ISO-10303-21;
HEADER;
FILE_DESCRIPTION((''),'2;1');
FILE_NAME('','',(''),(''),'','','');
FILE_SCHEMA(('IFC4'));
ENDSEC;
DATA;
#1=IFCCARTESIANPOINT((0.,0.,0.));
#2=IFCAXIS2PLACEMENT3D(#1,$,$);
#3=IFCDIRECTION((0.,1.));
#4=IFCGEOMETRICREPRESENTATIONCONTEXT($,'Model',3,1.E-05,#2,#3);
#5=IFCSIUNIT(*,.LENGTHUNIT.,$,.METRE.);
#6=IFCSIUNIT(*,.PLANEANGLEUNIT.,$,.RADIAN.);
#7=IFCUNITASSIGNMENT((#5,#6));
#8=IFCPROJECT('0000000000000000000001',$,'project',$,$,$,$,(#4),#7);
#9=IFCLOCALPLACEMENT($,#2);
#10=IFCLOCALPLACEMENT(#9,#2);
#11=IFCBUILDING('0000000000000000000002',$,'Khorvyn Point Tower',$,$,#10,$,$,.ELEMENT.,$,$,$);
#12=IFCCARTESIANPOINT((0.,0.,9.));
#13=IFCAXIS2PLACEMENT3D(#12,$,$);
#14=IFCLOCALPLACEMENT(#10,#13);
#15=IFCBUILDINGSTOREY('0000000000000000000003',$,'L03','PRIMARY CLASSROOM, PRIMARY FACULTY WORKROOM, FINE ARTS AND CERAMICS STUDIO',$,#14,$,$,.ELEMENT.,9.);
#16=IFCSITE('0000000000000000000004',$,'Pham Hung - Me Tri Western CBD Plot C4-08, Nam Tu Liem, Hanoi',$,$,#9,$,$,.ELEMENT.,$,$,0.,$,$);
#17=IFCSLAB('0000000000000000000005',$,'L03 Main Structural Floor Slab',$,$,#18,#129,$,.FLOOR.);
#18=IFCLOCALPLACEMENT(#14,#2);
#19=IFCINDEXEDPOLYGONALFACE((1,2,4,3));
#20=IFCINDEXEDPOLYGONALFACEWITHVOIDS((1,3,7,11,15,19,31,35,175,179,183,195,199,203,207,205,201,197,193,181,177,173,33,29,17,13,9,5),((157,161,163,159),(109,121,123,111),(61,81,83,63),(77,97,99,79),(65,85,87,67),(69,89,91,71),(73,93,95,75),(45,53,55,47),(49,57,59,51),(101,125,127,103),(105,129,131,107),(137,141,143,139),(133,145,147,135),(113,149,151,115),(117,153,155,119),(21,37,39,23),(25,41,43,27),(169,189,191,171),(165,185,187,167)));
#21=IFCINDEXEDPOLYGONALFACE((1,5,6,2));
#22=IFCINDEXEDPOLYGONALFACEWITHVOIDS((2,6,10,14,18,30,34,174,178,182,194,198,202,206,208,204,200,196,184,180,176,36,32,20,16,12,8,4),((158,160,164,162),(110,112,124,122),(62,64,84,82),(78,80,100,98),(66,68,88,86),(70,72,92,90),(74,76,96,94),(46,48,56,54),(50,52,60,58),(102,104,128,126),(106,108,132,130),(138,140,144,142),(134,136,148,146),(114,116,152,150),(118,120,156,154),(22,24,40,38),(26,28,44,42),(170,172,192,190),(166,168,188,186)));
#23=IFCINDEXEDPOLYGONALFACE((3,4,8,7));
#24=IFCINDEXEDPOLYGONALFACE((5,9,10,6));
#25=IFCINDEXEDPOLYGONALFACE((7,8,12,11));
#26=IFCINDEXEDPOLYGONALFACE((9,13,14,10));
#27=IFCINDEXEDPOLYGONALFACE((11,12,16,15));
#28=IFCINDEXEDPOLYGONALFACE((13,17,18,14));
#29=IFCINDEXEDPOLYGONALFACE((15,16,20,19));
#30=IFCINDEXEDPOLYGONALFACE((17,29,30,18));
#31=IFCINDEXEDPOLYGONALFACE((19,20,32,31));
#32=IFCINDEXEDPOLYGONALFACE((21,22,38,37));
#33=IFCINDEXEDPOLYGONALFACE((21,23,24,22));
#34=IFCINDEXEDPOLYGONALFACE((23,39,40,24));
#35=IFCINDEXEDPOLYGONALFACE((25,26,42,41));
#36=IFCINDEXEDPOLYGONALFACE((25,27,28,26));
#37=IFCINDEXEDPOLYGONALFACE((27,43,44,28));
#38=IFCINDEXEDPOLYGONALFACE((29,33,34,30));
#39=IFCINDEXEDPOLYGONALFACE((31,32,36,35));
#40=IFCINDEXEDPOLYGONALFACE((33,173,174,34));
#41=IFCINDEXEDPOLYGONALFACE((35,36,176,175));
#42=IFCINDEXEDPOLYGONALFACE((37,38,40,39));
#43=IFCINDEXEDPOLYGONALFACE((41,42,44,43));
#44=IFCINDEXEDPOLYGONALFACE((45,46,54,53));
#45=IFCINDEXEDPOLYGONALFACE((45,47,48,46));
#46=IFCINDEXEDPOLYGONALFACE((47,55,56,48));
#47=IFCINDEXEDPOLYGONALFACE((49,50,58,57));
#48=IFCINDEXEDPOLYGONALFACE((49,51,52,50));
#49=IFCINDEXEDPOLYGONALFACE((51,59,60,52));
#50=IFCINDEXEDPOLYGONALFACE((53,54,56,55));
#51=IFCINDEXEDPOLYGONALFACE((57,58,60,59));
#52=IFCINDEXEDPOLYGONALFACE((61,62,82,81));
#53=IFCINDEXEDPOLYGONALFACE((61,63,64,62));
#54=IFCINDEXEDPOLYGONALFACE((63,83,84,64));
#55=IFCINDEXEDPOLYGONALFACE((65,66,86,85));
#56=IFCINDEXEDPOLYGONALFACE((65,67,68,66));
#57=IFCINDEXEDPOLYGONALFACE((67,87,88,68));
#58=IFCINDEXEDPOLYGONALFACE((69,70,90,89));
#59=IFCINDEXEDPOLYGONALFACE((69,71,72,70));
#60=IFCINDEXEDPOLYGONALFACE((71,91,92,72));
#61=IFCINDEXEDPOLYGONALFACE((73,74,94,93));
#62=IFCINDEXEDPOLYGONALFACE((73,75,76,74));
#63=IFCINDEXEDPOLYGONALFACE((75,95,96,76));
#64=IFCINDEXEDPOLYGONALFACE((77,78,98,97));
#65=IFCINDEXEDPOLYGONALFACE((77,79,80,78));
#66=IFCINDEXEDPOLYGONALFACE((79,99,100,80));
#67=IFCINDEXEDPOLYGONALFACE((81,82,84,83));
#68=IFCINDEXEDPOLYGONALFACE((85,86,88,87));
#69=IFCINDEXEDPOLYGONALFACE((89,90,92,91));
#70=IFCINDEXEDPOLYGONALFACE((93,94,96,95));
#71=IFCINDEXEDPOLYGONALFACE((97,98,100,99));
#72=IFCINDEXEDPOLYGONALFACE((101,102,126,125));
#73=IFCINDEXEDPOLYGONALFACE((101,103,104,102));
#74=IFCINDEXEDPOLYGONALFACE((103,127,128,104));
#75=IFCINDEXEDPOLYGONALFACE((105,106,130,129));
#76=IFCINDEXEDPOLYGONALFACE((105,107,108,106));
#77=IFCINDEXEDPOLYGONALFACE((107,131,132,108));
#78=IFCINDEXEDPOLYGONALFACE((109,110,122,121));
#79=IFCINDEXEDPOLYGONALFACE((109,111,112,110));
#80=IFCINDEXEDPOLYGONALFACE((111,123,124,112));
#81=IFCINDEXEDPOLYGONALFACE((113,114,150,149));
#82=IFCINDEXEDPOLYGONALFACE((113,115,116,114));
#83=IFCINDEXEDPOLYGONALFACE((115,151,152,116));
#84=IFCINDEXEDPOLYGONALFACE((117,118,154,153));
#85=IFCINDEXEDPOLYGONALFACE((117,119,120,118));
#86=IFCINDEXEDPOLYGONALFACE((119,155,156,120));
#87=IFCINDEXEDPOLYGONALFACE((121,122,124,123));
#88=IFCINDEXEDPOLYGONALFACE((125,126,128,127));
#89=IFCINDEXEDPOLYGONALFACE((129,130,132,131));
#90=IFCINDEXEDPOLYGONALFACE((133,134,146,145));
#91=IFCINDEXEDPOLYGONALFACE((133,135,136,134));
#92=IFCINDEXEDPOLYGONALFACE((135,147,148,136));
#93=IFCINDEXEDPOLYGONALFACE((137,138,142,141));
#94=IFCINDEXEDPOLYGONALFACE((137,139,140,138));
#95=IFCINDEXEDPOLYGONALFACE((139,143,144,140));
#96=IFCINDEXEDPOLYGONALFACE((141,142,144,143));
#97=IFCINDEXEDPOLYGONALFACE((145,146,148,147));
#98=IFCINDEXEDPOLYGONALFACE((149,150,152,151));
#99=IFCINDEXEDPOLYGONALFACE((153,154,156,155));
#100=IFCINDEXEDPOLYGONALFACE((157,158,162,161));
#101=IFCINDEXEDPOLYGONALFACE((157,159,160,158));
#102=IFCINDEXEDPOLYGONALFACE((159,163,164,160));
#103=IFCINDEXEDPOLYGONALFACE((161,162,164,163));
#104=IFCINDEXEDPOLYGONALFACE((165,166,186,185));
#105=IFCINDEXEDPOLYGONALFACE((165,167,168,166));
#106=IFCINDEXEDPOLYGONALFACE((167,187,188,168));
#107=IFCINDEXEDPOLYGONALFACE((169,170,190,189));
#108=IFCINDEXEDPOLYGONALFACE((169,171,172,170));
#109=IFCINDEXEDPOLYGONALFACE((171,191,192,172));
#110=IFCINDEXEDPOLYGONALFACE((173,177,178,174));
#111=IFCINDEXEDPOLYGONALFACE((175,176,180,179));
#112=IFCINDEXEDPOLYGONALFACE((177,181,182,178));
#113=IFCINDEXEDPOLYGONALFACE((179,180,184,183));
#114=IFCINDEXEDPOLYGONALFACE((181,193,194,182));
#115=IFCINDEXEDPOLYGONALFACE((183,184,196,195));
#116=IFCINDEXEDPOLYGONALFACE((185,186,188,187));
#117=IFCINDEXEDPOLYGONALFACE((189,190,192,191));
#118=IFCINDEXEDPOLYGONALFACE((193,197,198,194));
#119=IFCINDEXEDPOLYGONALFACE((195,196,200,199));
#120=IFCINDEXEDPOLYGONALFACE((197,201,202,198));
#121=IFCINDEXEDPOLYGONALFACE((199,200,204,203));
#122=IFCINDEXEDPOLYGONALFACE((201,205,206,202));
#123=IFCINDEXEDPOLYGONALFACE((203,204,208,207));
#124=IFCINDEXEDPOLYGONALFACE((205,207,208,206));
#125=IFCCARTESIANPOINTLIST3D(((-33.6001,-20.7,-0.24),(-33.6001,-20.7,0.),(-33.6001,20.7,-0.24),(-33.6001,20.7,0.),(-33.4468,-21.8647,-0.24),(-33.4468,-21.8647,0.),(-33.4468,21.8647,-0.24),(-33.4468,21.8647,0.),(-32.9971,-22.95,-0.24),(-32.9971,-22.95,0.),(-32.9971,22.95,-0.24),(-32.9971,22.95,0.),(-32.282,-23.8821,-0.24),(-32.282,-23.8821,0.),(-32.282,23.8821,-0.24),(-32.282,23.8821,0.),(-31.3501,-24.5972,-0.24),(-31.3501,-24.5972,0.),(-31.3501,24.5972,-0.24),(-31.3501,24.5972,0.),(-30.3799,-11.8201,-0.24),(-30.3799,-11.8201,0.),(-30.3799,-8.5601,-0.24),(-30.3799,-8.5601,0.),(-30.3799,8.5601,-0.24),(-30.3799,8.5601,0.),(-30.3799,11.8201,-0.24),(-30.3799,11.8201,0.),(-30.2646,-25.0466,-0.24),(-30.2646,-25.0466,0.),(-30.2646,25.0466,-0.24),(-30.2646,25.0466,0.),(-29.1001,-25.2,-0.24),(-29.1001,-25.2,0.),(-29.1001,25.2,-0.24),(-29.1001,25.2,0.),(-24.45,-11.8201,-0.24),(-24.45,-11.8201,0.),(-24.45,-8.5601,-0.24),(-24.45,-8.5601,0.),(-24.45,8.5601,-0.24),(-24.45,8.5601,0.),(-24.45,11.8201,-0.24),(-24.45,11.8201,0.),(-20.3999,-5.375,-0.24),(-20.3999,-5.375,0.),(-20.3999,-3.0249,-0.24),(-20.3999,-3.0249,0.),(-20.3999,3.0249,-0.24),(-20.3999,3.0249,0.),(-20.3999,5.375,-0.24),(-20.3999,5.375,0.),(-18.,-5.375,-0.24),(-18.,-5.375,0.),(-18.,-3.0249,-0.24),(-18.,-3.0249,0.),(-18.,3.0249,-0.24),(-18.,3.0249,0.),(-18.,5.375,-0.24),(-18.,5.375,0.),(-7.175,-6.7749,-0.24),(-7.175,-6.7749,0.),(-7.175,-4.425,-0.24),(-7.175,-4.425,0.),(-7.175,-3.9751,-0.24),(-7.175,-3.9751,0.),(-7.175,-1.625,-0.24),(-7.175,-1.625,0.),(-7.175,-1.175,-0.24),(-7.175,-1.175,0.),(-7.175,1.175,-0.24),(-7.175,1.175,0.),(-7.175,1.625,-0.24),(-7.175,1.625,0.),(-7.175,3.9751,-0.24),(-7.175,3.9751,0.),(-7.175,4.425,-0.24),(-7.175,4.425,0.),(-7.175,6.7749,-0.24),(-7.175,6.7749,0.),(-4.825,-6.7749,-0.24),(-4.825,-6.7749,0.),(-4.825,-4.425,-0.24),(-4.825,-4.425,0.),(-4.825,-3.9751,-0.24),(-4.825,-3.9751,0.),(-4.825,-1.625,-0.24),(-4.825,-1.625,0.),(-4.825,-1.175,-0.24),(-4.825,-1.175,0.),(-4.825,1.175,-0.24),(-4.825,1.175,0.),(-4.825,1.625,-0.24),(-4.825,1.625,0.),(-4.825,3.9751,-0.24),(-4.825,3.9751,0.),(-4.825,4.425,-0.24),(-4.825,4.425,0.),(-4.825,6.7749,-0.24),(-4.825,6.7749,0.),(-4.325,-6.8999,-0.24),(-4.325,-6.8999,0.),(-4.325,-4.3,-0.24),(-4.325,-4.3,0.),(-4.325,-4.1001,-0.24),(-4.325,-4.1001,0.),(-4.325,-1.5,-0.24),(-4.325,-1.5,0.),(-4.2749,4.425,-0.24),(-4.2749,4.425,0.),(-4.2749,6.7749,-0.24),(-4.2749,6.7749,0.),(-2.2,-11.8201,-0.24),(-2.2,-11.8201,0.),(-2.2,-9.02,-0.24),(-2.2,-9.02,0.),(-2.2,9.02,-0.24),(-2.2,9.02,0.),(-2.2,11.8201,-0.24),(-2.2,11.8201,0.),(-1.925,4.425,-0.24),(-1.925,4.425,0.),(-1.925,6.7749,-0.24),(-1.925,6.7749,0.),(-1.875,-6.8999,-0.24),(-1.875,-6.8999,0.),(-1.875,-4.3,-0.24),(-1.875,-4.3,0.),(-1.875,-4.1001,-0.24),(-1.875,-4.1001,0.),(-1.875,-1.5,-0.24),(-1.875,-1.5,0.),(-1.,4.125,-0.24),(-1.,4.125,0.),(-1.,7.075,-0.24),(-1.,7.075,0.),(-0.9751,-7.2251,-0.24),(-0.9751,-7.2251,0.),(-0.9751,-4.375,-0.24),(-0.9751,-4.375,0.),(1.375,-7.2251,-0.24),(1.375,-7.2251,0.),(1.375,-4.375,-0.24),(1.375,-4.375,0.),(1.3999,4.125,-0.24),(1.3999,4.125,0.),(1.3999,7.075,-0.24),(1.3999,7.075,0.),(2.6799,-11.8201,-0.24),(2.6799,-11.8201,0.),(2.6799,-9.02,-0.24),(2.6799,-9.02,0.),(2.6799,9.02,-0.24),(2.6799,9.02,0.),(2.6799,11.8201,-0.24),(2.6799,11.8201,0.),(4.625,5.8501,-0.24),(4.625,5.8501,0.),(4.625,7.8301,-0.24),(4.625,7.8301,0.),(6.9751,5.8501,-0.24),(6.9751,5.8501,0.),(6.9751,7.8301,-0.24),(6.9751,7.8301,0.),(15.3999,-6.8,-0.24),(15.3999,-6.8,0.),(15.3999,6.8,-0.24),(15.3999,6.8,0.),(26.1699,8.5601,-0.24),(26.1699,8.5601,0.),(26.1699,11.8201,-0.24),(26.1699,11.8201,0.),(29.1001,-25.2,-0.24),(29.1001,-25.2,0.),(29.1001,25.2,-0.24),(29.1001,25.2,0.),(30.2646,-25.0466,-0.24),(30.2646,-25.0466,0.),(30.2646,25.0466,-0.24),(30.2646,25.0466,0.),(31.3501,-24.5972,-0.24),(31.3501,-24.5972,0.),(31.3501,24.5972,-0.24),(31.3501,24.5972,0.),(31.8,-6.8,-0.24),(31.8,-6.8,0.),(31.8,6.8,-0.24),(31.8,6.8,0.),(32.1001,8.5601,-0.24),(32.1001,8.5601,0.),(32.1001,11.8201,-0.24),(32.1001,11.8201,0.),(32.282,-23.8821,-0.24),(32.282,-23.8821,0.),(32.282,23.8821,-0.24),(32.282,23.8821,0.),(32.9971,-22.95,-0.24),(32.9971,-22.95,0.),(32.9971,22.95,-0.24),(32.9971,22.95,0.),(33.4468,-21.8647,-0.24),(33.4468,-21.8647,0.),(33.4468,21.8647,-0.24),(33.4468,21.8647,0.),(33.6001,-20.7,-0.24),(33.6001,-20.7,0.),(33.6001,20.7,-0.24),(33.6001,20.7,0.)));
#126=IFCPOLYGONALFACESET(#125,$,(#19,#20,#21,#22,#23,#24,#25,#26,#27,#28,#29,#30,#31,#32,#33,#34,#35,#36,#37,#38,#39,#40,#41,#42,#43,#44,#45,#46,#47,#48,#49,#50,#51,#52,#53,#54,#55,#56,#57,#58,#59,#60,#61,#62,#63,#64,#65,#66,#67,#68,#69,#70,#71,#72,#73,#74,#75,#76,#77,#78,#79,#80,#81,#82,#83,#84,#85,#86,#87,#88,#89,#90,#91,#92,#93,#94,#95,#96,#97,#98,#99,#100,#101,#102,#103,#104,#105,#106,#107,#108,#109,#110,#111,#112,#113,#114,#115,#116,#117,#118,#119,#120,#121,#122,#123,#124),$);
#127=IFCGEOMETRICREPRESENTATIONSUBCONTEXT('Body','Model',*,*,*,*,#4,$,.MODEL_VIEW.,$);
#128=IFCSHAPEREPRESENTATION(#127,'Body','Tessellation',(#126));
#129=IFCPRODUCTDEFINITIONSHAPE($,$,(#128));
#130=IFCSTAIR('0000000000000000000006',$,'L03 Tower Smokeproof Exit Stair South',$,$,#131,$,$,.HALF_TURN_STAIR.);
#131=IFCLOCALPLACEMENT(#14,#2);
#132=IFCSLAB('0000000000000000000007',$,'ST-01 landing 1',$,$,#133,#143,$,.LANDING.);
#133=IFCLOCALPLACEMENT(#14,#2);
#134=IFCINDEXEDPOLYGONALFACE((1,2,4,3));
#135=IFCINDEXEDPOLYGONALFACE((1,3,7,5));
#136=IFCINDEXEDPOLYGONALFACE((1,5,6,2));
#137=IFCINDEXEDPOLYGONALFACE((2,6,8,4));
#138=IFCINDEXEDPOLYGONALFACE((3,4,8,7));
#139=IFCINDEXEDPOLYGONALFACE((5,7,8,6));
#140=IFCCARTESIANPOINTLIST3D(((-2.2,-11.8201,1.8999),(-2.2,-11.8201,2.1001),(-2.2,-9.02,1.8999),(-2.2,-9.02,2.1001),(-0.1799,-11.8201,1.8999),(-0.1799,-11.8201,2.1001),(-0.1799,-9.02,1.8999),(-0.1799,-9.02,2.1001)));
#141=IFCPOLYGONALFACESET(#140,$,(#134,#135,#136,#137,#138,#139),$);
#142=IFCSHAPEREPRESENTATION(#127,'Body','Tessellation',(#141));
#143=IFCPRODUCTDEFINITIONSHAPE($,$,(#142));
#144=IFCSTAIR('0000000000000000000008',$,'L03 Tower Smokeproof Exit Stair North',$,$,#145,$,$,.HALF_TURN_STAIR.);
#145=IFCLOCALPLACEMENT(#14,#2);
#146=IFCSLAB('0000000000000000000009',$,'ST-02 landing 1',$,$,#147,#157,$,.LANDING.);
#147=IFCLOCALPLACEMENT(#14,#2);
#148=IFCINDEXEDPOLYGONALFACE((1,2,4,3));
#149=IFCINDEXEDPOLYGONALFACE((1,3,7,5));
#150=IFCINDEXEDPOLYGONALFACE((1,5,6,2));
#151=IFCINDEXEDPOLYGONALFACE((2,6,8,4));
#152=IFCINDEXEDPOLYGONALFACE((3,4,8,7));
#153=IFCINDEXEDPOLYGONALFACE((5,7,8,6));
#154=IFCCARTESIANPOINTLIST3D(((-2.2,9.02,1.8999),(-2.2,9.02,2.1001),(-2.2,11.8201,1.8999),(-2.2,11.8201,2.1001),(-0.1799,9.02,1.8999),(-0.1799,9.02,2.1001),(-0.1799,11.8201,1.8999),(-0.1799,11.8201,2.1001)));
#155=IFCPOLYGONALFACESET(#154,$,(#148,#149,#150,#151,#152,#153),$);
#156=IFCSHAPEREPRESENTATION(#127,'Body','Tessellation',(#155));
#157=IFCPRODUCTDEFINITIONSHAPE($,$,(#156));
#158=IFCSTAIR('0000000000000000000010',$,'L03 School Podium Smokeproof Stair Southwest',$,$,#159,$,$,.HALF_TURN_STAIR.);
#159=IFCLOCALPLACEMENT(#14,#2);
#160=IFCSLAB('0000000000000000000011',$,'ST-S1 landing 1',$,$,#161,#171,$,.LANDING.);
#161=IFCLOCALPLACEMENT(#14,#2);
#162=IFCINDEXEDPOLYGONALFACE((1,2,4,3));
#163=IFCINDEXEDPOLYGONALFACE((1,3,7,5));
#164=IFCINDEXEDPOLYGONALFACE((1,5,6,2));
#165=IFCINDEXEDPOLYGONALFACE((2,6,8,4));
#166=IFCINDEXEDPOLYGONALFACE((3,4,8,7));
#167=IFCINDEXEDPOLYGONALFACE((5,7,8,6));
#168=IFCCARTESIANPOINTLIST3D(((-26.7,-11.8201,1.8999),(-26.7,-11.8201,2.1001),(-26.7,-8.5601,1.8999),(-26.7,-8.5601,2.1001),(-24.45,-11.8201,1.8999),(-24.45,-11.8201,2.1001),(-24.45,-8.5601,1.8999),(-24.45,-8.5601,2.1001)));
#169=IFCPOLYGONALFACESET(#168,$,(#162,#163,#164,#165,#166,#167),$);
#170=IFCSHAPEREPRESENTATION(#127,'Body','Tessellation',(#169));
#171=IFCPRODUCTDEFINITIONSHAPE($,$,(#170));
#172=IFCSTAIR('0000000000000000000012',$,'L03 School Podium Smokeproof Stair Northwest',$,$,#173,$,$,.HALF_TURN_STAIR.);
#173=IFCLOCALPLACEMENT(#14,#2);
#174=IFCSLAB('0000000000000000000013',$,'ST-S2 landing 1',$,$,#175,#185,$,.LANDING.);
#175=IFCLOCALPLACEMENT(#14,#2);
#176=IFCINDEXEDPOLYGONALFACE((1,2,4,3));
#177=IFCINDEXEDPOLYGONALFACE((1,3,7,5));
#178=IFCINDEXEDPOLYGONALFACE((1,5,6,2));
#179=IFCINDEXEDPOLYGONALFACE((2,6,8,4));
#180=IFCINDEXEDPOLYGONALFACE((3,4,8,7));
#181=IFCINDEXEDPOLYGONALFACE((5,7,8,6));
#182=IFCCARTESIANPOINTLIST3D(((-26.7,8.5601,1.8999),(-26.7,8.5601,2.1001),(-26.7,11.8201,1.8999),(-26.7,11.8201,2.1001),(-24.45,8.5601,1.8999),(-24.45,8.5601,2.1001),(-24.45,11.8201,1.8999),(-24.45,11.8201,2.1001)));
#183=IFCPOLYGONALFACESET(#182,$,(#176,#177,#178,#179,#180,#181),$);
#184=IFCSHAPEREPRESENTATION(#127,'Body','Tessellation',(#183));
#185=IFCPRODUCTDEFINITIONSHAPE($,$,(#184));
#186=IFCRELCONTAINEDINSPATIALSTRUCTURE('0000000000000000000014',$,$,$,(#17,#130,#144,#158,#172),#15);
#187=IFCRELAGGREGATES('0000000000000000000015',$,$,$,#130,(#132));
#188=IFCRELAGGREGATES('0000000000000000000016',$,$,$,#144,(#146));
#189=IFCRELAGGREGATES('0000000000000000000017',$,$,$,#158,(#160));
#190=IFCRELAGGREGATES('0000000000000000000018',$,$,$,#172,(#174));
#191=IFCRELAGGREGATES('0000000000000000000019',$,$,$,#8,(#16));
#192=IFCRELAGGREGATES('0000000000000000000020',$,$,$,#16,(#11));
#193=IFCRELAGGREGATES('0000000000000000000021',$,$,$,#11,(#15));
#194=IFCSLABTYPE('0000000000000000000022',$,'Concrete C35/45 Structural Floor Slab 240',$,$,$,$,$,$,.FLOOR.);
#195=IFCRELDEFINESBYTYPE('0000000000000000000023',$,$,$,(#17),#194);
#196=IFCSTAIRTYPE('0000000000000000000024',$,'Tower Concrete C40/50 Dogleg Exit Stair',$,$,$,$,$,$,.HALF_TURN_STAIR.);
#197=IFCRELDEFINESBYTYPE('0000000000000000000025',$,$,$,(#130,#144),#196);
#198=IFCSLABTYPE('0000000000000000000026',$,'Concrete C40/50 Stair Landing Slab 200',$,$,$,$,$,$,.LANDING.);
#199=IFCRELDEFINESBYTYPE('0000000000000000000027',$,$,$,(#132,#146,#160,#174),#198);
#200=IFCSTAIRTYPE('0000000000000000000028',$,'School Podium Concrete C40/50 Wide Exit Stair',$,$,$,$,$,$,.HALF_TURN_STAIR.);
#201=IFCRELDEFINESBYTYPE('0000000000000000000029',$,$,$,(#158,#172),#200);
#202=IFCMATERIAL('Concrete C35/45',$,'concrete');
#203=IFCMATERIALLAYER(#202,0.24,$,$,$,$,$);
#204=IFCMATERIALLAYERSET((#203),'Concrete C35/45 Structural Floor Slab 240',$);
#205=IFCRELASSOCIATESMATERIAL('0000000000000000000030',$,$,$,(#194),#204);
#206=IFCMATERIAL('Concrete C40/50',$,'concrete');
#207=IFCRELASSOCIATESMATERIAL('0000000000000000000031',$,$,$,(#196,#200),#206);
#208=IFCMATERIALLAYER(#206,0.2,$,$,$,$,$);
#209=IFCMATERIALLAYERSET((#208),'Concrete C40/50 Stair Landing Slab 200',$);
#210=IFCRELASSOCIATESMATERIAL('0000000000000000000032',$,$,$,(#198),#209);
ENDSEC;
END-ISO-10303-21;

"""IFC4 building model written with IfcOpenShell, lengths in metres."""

from ifc_helpers import new_model, si_unit, direction, frame, origin, place, context, subcontext, project, spatial, polyline, outline, extrude, material, layer, layer_set, type_object, element, aggregate, save


model = new_model("IFC4")

# Units and contexts
model_context = context("Model", 3, precision=1e-05, world=origin(), true_north=direction((0.0, 1.0)))
body_context = subcontext(model_context, "Body", "Model", "MODEL_VIEW")
ifc_project = project(units=[si_unit("LENGTHUNIT", "METRE"), si_unit("PLANEANGLEUNIT", "RADIAN")], contexts=[model_context])

# Site, building, storey
site_placement = place(None, origin())
site = spatial("IfcSite", under=ifc_project, at=site_placement, Name="Pham Hung - Me Tri Western CBD Plot C4-08, Nam Tu Liem, Hanoi", CompositionType="ELEMENT", RefElevation=0.0)
building_placement = place(site_placement, origin())
building = spatial("IfcBuilding", under=site, at=building_placement, Name="Khorvyn Point Tower", CompositionType="ELEMENT")
storey_placement = place(building_placement, frame((0.0, 0.0, 9.0)))
storey = spatial("IfcBuildingStorey", under=building, at=storey_placement, Name="L03", Description="PRIMARY CLASSROOM, PRIMARY FACULTY WORKROOM, FINE ARTS AND CERAMICS STUDIO", CompositionType="ELEMENT", Elevation=9.0)

# Slab
ifc_material_1 = material(Name="Concrete C35/45", Category="concrete")
ifc_layer_1 = layer(ifc_material_1, 0.24)
ifc_layer_set_1 = layer_set([ifc_layer_1], Name="Concrete C35/45 Structural Floor Slab 240")
slab_type_1 = type_object("IfcSlabType", Name="Concrete C35/45 Structural Floor Slab 240", PredefinedType="FLOOR", material=ifc_layer_set_1)
slab_1_placement = place(storey_placement, frame((0.0, 0.0, -0.24)))
element("IfcSlab", 1, at=slab_1_placement, inside=storey, type_object=slab_type_1, Name="L03 Main Structural Floor Slab", PredefinedType="FLOOR", context=body_context, shape_type="SweptSolid", body=[
    extrude(outline(polyline([(-29.1001, -25.2), (-30.2646, -25.0466), (-31.3501, -24.5972), (-32.282, -23.8821), (-32.9971, -22.95), (-33.4468, -21.8647), (-33.6001, -20.7), (-33.6001, 20.7), (-33.4468, 21.8647), (-32.9971, 22.95), (-32.282, 23.8821), (-31.3501, 24.5972), (-30.2646, 25.0466), (-29.1001, 25.2), (29.1001, 25.2), (30.2646, 25.0466), (31.3501, 24.5972), (32.282, 23.8821), (32.9971, 22.95), (33.4468, 21.8647), (33.6001, 20.7), (33.6001, -20.7), (33.4468, -21.8647), (32.9971, -22.95), (32.282, -23.8821), (31.3501, -24.5972), (30.2646, -25.0466), (29.1001, -25.2), (-29.1001, -25.2)]), holes=[polyline([(-30.3799, -11.8201), (-24.45, -11.8201), (-24.45, -8.5601), (-30.3799, -8.5601), (-30.3799, -11.8201)]), polyline([(-7.175, -6.7749), (-4.825, -6.7749), (-4.825, -4.425), (-7.175, -4.425), (-7.175, -6.7749)]), polyline([(-20.3999, -5.375), (-18.0, -5.375), (-18.0, -3.0249), (-20.3999, -3.0249), (-20.3999, -5.375)]), polyline([(-7.175, -3.9751), (-4.825, -3.9751), (-4.825, -1.625), (-7.175, -1.625), (-7.175, -3.9751)]), polyline([(-7.175, -1.175), (-4.825, -1.175), (-4.825, 1.175), (-7.175, 1.175), (-7.175, -1.175)]), polyline([(-7.175, 1.625), (-4.825, 1.625), (-4.825, 3.9751), (-7.175, 3.9751), (-7.175, 1.625)]), polyline([(-20.3999, 3.0249), (-18.0, 3.0249), (-18.0, 5.375), (-20.3999, 5.375), (-20.3999, 3.0249)]), polyline([(-7.175, 6.7749), (-7.175, 4.425), (-4.825, 4.425), (-4.825, 6.7749), (-7.175, 6.7749)]), polyline([(-4.2749, 6.7749), (-4.2749, 4.425), (-1.925, 4.425), (-1.925, 6.7749), (-4.2749, 6.7749)]), polyline([(-30.3799, 8.5601), (-24.45, 8.5601), (-24.45, 11.8201), (-30.3799, 11.8201), (-30.3799, 8.5601)]), polyline([(-2.2, -11.8201), (2.6799, -11.8201), (2.6799, -9.02), (-2.2, -9.02), (-2.2, -11.8201)]), polyline([(-0.9751, -7.2251), (1.375, -7.2251), (1.375, -4.375), (-0.9751, -4.375), (-0.9751, -7.2251)]), polyline([(-4.325, -4.3), (-4.325, -6.8999), (-1.875, -6.8999), (-1.875, -4.3), (-4.325, -4.3)]), polyline([(-4.325, -1.5), (-4.325, -4.1001), (-1.875, -4.1001), (-1.875, -1.5), (-4.325, -1.5)]), polyline([(15.3999, -6.8), (31.8, -6.8), (31.8, 6.8), (15.3999, 6.8), (15.3999, -6.8)]), polyline([(-1.0, 4.125), (1.3999, 4.125), (1.3999, 7.075), (-1.0, 7.075), (-1.0, 4.125)]), polyline([(4.625, 5.8501), (6.9751, 5.8501), (6.9751, 7.8301), (4.625, 7.8301), (4.625, 5.8501)]), polyline([(26.1699, 11.8201), (26.1699, 8.5601), (32.1001, 8.5601), (32.1001, 11.8201), (26.1699, 11.8201)]), polyline([(-2.2, 11.8201), (-2.2, 9.02), (2.6799, 9.02), (2.6799, 11.8201), (-2.2, 11.8201)])]), origin(), (0.0, 0.0, 1.0), 0.24),
])

# Stairs, slabs
ifc_material_2 = material(Name="Concrete C40/50", Category="concrete")
stair_type_1 = type_object("IfcStairType", Name="Tower Concrete C40/50 Dogleg Exit Stair", PredefinedType="HALF_TURN_STAIR", material=ifc_material_2)
stair_1_placement = place(storey_placement, origin())
stair_1 = element("IfcStair", 2, at=stair_1_placement, inside=storey, type_object=stair_type_1, Name="L03 Tower Smokeproof Exit Stair South", PredefinedType="HALF_TURN_STAIR")
ifc_layer_2 = layer(ifc_material_2, 0.2)
ifc_layer_set_2 = layer_set([ifc_layer_2], Name="Concrete C40/50 Stair Landing Slab 200")
slab_type_2 = type_object("IfcSlabType", Name="Concrete C40/50 Stair Landing Slab 200", PredefinedType="LANDING", material=ifc_layer_set_2)
slab_2_placement = place(storey_placement, frame((0.0, 0.0, 1.8999)))
slab_2 = element("IfcSlab", 3, at=slab_2_placement, type_object=slab_type_2, Name="ST-01 landing 1", PredefinedType="LANDING", context=body_context, shape_type="SweptSolid", body=[
    extrude(outline(polyline([(-0.1799, -9.02), (-2.2, -9.02), (-2.2, -11.8201), (-0.1799, -11.8201), (-0.1799, -9.02)])), origin(), (0.0, 0.0, 1.0), 0.2002),
])
aggregate(stair_1, [slab_2])
stair_2_placement = place(storey_placement, origin())
stair_2 = element("IfcStair", 4, at=stair_2_placement, inside=storey, type_object=stair_type_1, Name="L03 Tower Smokeproof Exit Stair North", PredefinedType="HALF_TURN_STAIR")
slab_3_placement = place(storey_placement, frame((0.0, 0.0, 1.8999)))
slab_3 = element("IfcSlab", 5, at=slab_3_placement, type_object=slab_type_2, Name="ST-02 landing 1", PredefinedType="LANDING", context=body_context, shape_type="SweptSolid", body=[
    extrude(outline(polyline([(-0.1799, 11.8201), (-2.2, 11.8201), (-2.2, 9.02), (-0.1799, 9.02), (-0.1799, 11.8201)])), origin(), (0.0, 0.0, 1.0), 0.2002),
])
aggregate(stair_2, [slab_3])
stair_type_2 = type_object("IfcStairType", Name="School Podium Concrete C40/50 Wide Exit Stair", PredefinedType="HALF_TURN_STAIR", material=ifc_material_2)
stair_3_placement = place(storey_placement, origin())
stair_3 = element("IfcStair", 6, at=stair_3_placement, inside=storey, type_object=stair_type_2, Name="L03 School Podium Smokeproof Stair Southwest", PredefinedType="HALF_TURN_STAIR")
slab_4_placement = place(storey_placement, frame((0.0, 0.0, 1.8999)))
slab_4 = element("IfcSlab", 7, at=slab_4_placement, type_object=slab_type_2, Name="ST-S1 landing 1", PredefinedType="LANDING", context=body_context, shape_type="SweptSolid", body=[
    extrude(outline(polyline([(-26.7, -11.8201), (-24.45, -11.8201), (-24.45, -8.5601), (-26.7, -8.5601), (-26.7, -11.8201)])), origin(), (0.0, 0.0, 1.0), 0.2002),
])
aggregate(stair_3, [slab_4])
stair_4_placement = place(storey_placement, origin())
stair_4 = element("IfcStair", 8, at=stair_4_placement, inside=storey, type_object=stair_type_2, Name="L03 School Podium Smokeproof Stair Northwest", PredefinedType="HALF_TURN_STAIR")
slab_5_placement = place(storey_placement, frame((0.0, 0.0, 1.8999)))
slab_5 = element("IfcSlab", 9, at=slab_5_placement, type_object=slab_type_2, Name="ST-S2 landing 1", PredefinedType="LANDING", context=body_context, shape_type="SweptSolid", body=[
    extrude(outline(polyline([(-26.7, 8.5601), (-24.45, 8.5601), (-24.45, 11.8201), (-26.7, 11.8201), (-26.7, 8.5601)])), origin(), (0.0, 0.0, 1.0), 0.2002),
])
aggregate(stair_4, [slab_5])

save(model, "model.ifc")
